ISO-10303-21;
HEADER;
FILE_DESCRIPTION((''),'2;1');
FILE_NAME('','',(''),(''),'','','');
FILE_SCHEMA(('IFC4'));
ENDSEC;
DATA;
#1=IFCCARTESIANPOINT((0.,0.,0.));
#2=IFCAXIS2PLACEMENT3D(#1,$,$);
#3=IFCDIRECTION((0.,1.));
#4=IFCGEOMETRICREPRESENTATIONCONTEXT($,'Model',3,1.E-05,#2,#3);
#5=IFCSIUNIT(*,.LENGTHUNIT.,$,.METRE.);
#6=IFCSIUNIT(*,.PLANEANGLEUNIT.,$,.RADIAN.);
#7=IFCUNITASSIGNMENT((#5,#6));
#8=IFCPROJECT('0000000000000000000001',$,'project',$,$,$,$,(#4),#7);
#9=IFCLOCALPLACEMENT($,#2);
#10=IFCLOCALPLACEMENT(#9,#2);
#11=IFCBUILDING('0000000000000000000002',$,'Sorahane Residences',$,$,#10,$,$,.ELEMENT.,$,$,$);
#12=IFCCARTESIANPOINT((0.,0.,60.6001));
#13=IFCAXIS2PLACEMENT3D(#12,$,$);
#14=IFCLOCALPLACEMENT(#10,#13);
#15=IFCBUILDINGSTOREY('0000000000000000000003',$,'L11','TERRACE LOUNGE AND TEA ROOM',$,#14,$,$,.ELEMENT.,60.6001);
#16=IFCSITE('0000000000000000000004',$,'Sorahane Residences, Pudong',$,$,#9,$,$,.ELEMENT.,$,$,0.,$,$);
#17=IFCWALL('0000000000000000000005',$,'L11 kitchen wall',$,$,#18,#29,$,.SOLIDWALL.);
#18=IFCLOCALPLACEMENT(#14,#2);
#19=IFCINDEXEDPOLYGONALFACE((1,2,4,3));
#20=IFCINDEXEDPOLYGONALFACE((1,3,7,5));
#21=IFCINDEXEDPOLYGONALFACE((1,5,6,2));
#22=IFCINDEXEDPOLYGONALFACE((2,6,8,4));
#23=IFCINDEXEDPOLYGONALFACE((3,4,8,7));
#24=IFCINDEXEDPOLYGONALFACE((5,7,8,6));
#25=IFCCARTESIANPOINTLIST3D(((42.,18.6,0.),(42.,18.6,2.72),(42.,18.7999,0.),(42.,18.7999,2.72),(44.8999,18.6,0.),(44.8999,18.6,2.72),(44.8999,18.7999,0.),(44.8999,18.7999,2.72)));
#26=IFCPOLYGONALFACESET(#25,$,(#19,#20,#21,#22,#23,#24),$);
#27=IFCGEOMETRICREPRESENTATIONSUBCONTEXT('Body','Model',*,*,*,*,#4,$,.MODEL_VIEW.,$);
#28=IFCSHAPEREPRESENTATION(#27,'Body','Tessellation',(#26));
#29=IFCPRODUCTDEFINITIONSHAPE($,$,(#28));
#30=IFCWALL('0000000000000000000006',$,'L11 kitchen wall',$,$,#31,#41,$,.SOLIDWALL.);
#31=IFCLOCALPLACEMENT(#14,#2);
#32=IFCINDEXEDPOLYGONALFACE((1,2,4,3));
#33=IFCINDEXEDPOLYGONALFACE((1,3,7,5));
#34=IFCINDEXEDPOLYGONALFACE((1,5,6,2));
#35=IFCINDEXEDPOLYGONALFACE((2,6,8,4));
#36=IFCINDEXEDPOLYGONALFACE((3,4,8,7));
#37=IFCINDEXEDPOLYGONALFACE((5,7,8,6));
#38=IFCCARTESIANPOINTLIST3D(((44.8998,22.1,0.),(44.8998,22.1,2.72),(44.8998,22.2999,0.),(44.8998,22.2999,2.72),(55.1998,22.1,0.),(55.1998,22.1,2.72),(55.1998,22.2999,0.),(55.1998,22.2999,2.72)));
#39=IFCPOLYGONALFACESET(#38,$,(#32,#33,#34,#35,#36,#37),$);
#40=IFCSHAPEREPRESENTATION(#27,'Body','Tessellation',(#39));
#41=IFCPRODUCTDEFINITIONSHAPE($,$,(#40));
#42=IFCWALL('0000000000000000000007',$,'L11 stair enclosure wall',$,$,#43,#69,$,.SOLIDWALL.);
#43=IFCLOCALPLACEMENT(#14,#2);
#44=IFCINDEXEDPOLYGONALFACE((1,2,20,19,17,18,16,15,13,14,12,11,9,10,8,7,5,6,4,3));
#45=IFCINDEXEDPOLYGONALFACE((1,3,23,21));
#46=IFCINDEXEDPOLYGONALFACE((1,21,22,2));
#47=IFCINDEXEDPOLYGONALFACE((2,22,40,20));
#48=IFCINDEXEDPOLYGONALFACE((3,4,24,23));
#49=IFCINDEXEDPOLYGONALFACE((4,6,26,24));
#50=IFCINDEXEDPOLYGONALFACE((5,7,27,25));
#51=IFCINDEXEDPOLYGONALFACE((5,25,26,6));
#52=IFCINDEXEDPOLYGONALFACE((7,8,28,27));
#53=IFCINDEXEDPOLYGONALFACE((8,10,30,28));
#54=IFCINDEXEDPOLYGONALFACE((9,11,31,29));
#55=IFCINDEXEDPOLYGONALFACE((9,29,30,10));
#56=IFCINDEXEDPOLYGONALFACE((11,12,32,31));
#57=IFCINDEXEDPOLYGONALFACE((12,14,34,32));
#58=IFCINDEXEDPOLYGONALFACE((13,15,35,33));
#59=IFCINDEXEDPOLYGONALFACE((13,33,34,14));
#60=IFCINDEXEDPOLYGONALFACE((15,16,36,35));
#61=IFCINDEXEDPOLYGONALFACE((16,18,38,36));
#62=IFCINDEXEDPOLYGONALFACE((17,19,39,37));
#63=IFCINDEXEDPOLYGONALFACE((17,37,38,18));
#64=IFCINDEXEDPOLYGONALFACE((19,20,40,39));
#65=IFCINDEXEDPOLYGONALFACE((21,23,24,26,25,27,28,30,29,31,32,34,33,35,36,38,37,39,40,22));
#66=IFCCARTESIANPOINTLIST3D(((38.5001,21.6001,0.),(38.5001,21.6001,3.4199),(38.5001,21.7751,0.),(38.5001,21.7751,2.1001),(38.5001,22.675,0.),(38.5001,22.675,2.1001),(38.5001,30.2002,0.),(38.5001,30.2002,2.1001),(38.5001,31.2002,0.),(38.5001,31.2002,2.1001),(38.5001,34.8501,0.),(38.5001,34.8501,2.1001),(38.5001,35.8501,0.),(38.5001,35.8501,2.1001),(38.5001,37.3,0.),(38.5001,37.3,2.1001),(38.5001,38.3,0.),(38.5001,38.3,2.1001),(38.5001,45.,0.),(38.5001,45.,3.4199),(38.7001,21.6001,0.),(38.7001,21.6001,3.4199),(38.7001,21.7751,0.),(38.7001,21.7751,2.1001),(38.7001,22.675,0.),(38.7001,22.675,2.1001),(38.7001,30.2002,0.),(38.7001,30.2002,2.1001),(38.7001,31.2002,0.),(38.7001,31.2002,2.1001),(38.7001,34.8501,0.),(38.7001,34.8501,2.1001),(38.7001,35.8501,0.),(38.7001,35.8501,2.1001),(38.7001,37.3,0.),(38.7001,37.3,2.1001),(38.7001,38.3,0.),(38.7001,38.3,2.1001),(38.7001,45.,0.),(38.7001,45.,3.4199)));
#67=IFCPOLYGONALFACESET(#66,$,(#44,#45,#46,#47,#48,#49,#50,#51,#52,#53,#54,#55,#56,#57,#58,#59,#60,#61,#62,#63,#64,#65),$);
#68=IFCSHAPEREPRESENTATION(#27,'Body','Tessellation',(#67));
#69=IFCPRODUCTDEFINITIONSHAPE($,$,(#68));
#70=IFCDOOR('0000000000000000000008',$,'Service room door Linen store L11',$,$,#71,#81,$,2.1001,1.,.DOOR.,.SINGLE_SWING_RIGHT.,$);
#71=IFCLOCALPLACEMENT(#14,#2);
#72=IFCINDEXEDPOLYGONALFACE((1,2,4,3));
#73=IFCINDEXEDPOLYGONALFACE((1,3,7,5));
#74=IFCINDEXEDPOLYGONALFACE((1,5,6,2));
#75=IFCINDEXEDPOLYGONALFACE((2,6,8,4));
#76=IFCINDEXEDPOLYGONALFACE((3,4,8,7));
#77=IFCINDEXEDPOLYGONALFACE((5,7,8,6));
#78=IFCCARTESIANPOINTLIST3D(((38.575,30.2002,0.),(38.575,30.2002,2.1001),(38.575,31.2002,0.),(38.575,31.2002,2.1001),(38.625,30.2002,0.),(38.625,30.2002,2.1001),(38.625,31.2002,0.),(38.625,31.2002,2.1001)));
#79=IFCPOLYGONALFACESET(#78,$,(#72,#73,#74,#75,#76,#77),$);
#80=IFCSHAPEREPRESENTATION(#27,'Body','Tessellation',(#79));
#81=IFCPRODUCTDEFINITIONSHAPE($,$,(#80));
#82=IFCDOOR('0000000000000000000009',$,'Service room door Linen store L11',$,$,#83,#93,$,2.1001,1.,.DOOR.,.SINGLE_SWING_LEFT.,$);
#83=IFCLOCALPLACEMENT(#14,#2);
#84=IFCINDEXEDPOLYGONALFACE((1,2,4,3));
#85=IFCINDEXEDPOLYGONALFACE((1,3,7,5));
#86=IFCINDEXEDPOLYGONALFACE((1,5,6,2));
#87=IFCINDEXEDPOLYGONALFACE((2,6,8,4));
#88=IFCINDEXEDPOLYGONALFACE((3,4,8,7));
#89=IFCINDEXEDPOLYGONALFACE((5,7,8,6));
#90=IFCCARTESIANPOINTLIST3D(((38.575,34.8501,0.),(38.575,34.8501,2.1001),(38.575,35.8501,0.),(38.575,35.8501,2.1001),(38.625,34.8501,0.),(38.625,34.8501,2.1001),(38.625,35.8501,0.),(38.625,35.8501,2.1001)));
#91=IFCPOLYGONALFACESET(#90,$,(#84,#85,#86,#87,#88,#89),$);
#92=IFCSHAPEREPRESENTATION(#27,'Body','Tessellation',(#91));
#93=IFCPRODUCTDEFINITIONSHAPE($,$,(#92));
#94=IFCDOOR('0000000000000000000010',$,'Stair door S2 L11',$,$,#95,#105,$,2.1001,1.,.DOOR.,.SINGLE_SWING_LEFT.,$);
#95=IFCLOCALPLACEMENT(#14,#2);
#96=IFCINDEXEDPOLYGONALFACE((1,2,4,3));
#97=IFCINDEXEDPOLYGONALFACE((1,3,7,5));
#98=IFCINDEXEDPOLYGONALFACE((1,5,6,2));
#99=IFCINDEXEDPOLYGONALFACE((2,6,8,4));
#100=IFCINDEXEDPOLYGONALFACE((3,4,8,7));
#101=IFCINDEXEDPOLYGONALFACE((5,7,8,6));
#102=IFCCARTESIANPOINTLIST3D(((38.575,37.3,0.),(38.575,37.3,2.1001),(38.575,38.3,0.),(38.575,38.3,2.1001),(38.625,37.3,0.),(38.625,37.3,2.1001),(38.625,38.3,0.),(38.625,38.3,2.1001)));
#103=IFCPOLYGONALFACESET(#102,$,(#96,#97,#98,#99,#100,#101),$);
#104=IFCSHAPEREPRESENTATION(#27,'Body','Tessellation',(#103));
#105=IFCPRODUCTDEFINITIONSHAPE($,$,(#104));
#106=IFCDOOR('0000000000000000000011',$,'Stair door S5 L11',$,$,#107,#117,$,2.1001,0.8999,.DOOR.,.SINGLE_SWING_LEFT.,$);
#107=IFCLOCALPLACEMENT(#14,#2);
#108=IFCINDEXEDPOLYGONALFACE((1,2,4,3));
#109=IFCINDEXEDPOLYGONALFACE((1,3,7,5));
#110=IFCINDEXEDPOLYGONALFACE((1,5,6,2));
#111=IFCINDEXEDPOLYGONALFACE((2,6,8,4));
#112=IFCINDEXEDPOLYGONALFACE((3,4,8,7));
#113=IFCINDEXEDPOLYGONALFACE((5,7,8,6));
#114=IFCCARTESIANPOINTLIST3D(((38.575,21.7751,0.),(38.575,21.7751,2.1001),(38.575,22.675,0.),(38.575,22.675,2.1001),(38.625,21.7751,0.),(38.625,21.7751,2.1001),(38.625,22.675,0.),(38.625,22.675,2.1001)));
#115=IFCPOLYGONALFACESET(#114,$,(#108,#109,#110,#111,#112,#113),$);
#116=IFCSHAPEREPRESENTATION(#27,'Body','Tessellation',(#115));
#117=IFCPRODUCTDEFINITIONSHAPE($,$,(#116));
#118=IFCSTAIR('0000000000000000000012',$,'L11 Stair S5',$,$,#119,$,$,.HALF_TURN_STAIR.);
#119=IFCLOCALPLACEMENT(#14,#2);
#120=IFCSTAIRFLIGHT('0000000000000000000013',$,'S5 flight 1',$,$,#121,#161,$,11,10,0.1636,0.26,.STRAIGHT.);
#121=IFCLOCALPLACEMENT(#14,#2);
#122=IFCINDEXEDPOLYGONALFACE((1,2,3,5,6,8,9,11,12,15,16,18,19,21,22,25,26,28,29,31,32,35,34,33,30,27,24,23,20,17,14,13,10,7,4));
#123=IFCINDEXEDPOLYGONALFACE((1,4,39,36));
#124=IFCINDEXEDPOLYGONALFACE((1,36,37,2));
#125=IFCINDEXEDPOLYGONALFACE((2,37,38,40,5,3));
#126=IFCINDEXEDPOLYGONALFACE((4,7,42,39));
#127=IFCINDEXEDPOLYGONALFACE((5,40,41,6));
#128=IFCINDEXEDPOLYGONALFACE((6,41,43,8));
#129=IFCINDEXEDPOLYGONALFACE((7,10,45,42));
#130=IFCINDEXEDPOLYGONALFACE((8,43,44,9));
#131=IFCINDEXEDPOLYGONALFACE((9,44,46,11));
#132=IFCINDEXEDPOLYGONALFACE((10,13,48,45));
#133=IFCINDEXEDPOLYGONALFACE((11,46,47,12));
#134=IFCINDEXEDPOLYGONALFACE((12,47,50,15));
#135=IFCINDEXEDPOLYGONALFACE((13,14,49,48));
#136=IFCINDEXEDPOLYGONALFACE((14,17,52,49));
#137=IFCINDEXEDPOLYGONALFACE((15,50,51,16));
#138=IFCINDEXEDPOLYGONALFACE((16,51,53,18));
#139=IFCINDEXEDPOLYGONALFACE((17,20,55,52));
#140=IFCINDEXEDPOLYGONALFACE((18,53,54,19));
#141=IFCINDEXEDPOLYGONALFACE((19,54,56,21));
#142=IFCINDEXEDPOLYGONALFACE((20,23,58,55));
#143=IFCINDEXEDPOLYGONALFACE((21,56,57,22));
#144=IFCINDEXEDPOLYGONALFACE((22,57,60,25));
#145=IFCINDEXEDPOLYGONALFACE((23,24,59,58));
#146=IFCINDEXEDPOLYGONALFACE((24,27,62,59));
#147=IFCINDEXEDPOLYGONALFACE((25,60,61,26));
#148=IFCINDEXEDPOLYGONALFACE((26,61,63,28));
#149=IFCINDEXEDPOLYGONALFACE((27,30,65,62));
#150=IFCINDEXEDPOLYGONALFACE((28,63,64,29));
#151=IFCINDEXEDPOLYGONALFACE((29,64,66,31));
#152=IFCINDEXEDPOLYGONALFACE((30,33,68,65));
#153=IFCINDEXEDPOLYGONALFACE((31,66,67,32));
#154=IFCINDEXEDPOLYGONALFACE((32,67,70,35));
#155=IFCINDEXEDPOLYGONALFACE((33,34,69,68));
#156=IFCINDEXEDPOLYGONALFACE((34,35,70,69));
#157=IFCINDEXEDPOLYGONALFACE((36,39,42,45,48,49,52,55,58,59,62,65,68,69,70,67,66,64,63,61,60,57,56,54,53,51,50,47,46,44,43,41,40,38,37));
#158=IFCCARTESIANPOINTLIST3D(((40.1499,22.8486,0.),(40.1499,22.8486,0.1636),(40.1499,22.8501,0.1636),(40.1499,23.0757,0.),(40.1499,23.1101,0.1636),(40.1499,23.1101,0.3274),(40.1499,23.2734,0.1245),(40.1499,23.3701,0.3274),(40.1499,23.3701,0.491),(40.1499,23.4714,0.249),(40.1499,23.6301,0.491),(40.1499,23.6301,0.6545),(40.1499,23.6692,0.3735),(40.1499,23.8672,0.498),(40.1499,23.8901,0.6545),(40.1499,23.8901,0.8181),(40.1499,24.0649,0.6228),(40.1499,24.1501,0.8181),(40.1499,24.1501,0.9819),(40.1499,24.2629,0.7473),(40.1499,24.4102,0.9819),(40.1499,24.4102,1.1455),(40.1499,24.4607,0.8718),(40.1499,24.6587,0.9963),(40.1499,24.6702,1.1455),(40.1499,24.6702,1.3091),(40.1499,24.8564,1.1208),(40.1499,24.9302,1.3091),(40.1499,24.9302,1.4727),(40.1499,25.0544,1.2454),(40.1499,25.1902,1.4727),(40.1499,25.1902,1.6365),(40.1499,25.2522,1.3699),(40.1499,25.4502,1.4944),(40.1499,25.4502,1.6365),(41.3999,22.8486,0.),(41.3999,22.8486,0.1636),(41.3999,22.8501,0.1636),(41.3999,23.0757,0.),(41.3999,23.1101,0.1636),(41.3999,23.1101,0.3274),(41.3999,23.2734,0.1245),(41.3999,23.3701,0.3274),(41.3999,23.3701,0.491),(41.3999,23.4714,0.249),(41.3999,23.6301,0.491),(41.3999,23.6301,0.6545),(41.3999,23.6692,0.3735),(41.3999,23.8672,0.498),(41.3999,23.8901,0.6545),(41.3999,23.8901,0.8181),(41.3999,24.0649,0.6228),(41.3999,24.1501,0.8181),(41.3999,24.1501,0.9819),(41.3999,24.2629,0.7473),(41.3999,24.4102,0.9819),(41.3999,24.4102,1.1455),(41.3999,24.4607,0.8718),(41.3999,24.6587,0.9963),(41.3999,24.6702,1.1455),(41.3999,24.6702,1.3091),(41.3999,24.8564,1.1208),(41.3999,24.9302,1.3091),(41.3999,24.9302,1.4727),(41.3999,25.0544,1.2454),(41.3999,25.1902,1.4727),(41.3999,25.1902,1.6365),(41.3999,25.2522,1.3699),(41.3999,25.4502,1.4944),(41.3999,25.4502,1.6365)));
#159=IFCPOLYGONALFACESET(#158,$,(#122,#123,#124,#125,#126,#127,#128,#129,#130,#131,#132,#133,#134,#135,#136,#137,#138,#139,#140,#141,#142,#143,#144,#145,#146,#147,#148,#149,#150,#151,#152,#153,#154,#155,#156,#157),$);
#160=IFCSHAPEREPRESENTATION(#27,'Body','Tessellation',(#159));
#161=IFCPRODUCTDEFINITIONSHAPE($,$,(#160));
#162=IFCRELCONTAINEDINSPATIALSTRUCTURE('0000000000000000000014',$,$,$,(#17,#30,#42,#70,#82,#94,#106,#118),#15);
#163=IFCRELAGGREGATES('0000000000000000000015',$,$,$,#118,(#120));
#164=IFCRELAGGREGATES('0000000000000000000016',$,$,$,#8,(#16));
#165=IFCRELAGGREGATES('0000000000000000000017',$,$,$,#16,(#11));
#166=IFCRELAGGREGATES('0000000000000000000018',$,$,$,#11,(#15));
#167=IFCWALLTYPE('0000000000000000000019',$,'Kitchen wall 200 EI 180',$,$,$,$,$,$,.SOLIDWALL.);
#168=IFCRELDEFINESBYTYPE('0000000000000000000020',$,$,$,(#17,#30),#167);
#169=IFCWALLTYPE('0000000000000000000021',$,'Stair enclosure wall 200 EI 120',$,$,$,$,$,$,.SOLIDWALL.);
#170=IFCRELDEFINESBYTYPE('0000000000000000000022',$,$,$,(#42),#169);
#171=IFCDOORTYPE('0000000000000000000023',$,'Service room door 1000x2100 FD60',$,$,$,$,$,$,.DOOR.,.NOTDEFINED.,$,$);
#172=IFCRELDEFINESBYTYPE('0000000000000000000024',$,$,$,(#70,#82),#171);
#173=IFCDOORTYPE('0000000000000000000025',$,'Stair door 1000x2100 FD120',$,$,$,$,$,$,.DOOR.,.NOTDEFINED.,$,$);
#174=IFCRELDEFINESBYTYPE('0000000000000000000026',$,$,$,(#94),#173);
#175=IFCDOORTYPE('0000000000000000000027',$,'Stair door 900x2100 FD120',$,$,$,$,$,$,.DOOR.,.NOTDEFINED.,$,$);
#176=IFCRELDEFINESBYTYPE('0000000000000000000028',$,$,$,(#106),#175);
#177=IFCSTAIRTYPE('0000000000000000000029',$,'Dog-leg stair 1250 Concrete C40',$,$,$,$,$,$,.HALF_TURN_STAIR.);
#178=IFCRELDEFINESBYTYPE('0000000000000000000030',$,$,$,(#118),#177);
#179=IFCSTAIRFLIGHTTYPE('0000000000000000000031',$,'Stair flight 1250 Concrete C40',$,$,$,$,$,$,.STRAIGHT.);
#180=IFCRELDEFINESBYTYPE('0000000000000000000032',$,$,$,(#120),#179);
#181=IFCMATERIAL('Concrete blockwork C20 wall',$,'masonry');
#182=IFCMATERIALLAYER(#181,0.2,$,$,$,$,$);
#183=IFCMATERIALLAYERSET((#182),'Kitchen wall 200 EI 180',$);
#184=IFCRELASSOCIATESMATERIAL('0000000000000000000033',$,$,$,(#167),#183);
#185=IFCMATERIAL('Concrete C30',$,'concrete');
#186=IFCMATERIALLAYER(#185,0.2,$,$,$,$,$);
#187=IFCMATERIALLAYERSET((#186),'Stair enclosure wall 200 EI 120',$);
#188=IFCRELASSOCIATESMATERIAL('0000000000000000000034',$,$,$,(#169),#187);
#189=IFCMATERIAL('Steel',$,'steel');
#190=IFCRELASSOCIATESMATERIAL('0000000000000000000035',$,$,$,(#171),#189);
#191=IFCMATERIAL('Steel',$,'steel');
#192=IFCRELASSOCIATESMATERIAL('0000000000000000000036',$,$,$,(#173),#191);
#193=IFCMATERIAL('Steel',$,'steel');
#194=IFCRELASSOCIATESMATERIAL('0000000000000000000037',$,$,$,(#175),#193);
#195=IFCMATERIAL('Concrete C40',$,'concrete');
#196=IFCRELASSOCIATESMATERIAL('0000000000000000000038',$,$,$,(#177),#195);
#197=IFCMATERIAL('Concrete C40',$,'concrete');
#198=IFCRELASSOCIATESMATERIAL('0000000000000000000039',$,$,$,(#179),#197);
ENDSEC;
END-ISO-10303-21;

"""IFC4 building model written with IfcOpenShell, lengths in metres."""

from ifc_helpers import new_model, si_unit, direction, frame, frame_2d, origin, place, context, subcontext, project, spatial, polyline, rectangle, outline, extrude, material, layer, layer_set, type_object, element, fill, aggregate, save


model = new_model("IFC4")

# Units and contexts
model_context = context("Model", 3, precision=1e-05, world=origin(), true_north=direction((0.0, 1.0)))
body_context = subcontext(model_context, "Body", "Model", "MODEL_VIEW")
ifc_project = project(units=[si_unit("LENGTHUNIT", "METRE"), si_unit("PLANEANGLEUNIT", "RADIAN")], contexts=[model_context])

# Site, building, storey
site_placement = place(None, origin())
site = spatial("IfcSite", under=ifc_project, at=site_placement, Name="Sorahane Residences, Pudong", CompositionType="ELEMENT", RefElevation=0.0)
building_placement = place(site_placement, origin())
building = spatial("IfcBuilding", under=site, at=building_placement, Name="Sorahane Residences", CompositionType="ELEMENT")
storey_placement = place(building_placement, frame((0.0, 0.0, 60.6001)))
storey = spatial("IfcBuildingStorey", under=building, at=storey_placement, Name="L11", Description="TERRACE LOUNGE AND TEA ROOM", CompositionType="ELEMENT", Elevation=60.6001)

# Walls
ifc_material_1 = material(Name="Concrete blockwork C20 wall", Category="masonry")
ifc_layer_1 = layer(ifc_material_1, 0.2)
ifc_layer_set_1 = layer_set([ifc_layer_1], Name="Kitchen wall 200 EI 180")
wall_type_1 = type_object("IfcWallType", Name="Kitchen wall 200 EI 180", PredefinedType="SOLIDWALL", material=ifc_layer_set_1)
wall_1_placement = place(storey_placement, frame((42.0, 18.7, 0.0), z_axis=(0.0, 0.0, 1.0), x_axis=(1.0, 0.0, 0.0)))
element("IfcWall", 1, at=wall_1_placement, inside=storey, type_object=wall_type_1, Name="L11 kitchen wall", PredefinedType="SOLIDWALL", context=body_context, shape_type="SweptSolid", body=[
    extrude(rectangle(XDim=2.8999, YDim=0.2, at=frame_2d((1.45, 0.0))), origin(), (0.0, 0.0, 1.0), 2.72),
])
wall_2_placement = place(storey_placement, frame((44.8999, 22.2, 0.0), z_axis=(0.0, 0.0, 1.0), x_axis=(1.0, 0.0, 0.0)))
element("IfcWall", 2, at=wall_2_placement, inside=storey, type_object=wall_type_1, Name="L11 kitchen wall", PredefinedType="SOLIDWALL", context=body_context, shape_type="SweptSolid", body=[
    extrude(rectangle(XDim=10.3, YDim=0.2, at=frame_2d((5.1499, 0.0))), origin(), (0.0, 0.0, 1.0), 2.72),
])

# Wall, openings, doors
ifc_material_2 = material(Name="Concrete C30", Category="concrete")
ifc_layer_2 = layer(ifc_material_2, 0.2)
ifc_layer_set_2 = layer_set([ifc_layer_2], Name="Stair enclosure wall 200 EI 120")
wall_type_2 = type_object("IfcWallType", Name="Stair enclosure wall 200 EI 120", PredefinedType="SOLIDWALL", material=ifc_layer_set_2)
wall_3_placement = place(storey_placement, frame((38.6001, 21.6001, 0.0), z_axis=(0.0, 0.0, 1.0), x_axis=(0.0, 1.0, 0.0)))
wall_3 = element("IfcWall", 3, at=wall_3_placement, inside=storey, type_object=wall_type_2, Name="L11 stair enclosure wall", PredefinedType="SOLIDWALL", context=body_context, shape_type="SweptSolid", body=[
    extrude(rectangle(XDim=23.3999, YDim=0.2, at=frame_2d((11.7, 0.0))), origin(), (0.0, 0.0, 1.0), 3.4199),
])
opening_1_placement = place(wall_3_placement, frame((8.6001, 0.0, 0.0)))
opening_1 = element("IfcOpeningElement", 4, at=opening_1_placement, cuts=wall_3, PredefinedType="OPENING", context=body_context, shape_type="SweptSolid", body=[
    extrude(rectangle(XDim=1.0, YDim=2.1001, at=frame_2d((0.5, 1.05))), frame((0.0, 0.1099, 0.0), z_axis=(0.0, -1.0, 0.0), x_axis=(1.0, 0.0, 0.0)), (0.0, 0.0, 1.0), 0.22),
])
opening_2_placement = place(wall_3_placement, frame((13.25, 0.0, 0.0)))
opening_2 = element("IfcOpeningElement", 5, at=opening_2_placement, cuts=wall_3, PredefinedType="OPENING", context=body_context, shape_type="SweptSolid", body=[
    extrude(rectangle(XDim=1.0, YDim=2.1001, at=frame_2d((0.5, 1.05))), frame((0.0, 0.1099, 0.0), z_axis=(0.0, -1.0, 0.0), x_axis=(1.0, 0.0, 0.0)), (0.0, 0.0, 1.0), 0.22),
])
opening_3_placement = place(wall_3_placement, frame((15.7, 0.0, 0.0)))
opening_3 = element("IfcOpeningElement", 6, at=opening_3_placement, cuts=wall_3, PredefinedType="OPENING", context=body_context, shape_type="SweptSolid", body=[
    extrude(rectangle(XDim=1.0, YDim=2.1001, at=frame_2d((0.5, 1.05))), frame((0.0, 0.1099, 0.0), z_axis=(0.0, -1.0, 0.0), x_axis=(1.0, 0.0, 0.0)), (0.0, 0.0, 1.0), 0.22),
])
opening_4_placement = place(wall_3_placement, frame((0.175, 0.0, 0.0)))
opening_4 = element("IfcOpeningElement", 7, at=opening_4_placement, cuts=wall_3, PredefinedType="OPENING", context=body_context, shape_type="SweptSolid", body=[
    extrude(rectangle(XDim=0.8999, YDim=2.1001, at=frame_2d((0.45, 1.05))), frame((0.0, 0.1099, 0.0), z_axis=(0.0, -1.0, 0.0), x_axis=(1.0, 0.0, 0.0)), (0.0, 0.0, 1.0), 0.22),
])
ifc_material_3 = material(Name="Steel", Category="steel")
door_type_1 = type_object("IfcDoorType", Name="Service room door 1000x2100 FD60", OperationType="NOTDEFINED", PredefinedType="DOOR", material=ifc_material_3)
door_1_placement = place(opening_1_placement, frame((1.0, 0.0, 0.0), z_axis=(0.0, 0.0, 1.0), x_axis=(-1.0, 0.0, 0.0)))
door_1 = element("IfcDoor", 8, at=door_1_placement, inside=storey, type_object=door_type_1, Name="Service room door Linen store L11", OperationType="SINGLE_SWING_RIGHT", OverallHeight=2.1001, OverallWidth=1.0, PredefinedType="DOOR", context=body_context, shape_type="SweptSolid", body=[
    extrude(rectangle(XDim=1.0, YDim=2.1001, at=frame_2d((0.5, 1.05))), frame((0.0, 0.0249, 0.0), z_axis=(0.0, -1.0, 0.0), x_axis=(1.0, 0.0, 0.0)), (0.0, 0.0, 1.0), 0.05),
])
fill(opening_1, door_1)
door_2_placement = place(opening_2_placement, frame((1.0, 0.0, 0.0), z_axis=(0.0, 0.0, 1.0), x_axis=(-1.0, 0.0, 0.0)))
door_2 = element("IfcDoor", 9, at=door_2_placement, inside=storey, type_object=door_type_1, Name="Service room door Linen store L11", OperationType="SINGLE_SWING_LEFT", OverallHeight=2.1001, OverallWidth=1.0, PredefinedType="DOOR", context=body_context, shape_type="SweptSolid", body=[
    extrude(rectangle(XDim=1.0, YDim=2.1001, at=frame_2d((0.5, 1.05))), frame((0.0, 0.0249, 0.0), z_axis=(0.0, -1.0, 0.0), x_axis=(1.0, 0.0, 0.0)), (0.0, 0.0, 1.0), 0.05),
])
fill(opening_2, door_2)
ifc_material_4 = material(Name="Steel", Category="steel")
door_type_2 = type_object("IfcDoorType", Name="Stair door 1000x2100 FD120", OperationType="NOTDEFINED", PredefinedType="DOOR", material=ifc_material_4)
door_3_placement = place(opening_3_placement, frame((1.0, 0.0, 0.0), z_axis=(0.0, 0.0, 1.0), x_axis=(-1.0, 0.0, 0.0)))
door_3 = element("IfcDoor", 10, at=door_3_placement, inside=storey, type_object=door_type_2, Name="Stair door S2 L11", OperationType="SINGLE_SWING_LEFT", OverallHeight=2.1001, OverallWidth=1.0, PredefinedType="DOOR", context=body_context, shape_type="SweptSolid", body=[
    extrude(rectangle(XDim=1.0, YDim=2.1001, at=frame_2d((0.5, 1.05))), frame((0.0, 0.0249, 0.0), z_axis=(0.0, -1.0, 0.0), x_axis=(1.0, 0.0, 0.0)), (0.0, 0.0, 1.0), 0.05),
])
fill(opening_3, door_3)
ifc_material_5 = material(Name="Steel", Category="steel")
door_type_3 = type_object("IfcDoorType", Name="Stair door 900x2100 FD120", OperationType="NOTDEFINED", PredefinedType="DOOR", material=ifc_material_5)
door_4_placement = place(opening_4_placement, frame((0.8999, 0.0, 0.0), z_axis=(0.0, 0.0, 1.0), x_axis=(-1.0, 0.0, 0.0)))
door_4 = element("IfcDoor", 11, at=door_4_placement, inside=storey, type_object=door_type_3, Name="Stair door S5 L11", OperationType="SINGLE_SWING_LEFT", OverallHeight=2.1001, OverallWidth=0.8999, PredefinedType="DOOR", context=body_context, shape_type="SweptSolid", body=[
    extrude(rectangle(XDim=0.8999, YDim=2.1001, at=frame_2d((0.45, 1.05))), frame((0.0, 0.0249, 0.0), z_axis=(0.0, -1.0, 0.0), x_axis=(1.0, 0.0, 0.0)), (0.0, 0.0, 1.0), 0.05),
])
fill(opening_4, door_4)

# Stair, stair flight
ifc_material_6 = material(Name="Concrete C40", Category="concrete")
stair_type = type_object("IfcStairType", Name="Dog-leg stair 1250 Concrete C40", PredefinedType="HALF_TURN_STAIR", material=ifc_material_6)
stair_placement = place(storey_placement, origin())
stair = element("IfcStair", 12, at=stair_placement, inside=storey, type_object=stair_type, Name="L11 Stair S5", PredefinedType="HALF_TURN_STAIR")
ifc_material_7 = material(Name="Concrete C40", Category="concrete")
stair_flight_type = type_object("IfcStairFlightType", Name="Stair flight 1250 Concrete C40", PredefinedType="STRAIGHT", material=ifc_material_7)
stair_flight_placement = place(storey_placement, frame((40.7749, 22.8501, 0.0), z_axis=(0.0, 0.0, 1.0), x_axis=(0.0, 1.0, 0.0)))
stair_flight = element("IfcStairFlight", 13, at=stair_flight_placement, type_object=stair_flight_type, Name="S5 flight 1", NumberOfRisers=11, NumberOfTreads=10, PredefinedType="STRAIGHT", RiserHeight=0.1636, TreadLength=0.26, context=body_context, shape_type="SweptSolid", body=[
    extrude(outline(polyline([(-0.0015, 0.0), (-0.0015, 0.1636), (0.0, 0.1636), (0.26, 0.1636), (0.26, 0.3274), (0.52, 0.3274), (0.52, 0.491), (0.78, 0.491), (0.78, 0.6545), (1.04, 0.6545), (1.04, 0.8181), (1.3, 0.8181), (1.3, 0.9819), (1.5601, 0.9819), (1.5601, 1.1455), (1.8201, 1.1455), (1.8201, 1.3091), (2.0801, 1.3091), (2.0801, 1.4727), (2.3401, 1.4727), (2.3401, 1.6365), (2.6001, 1.6365), (2.6001, 1.8), (2.6001, 1.4944), (2.4021, 1.3699), (2.2043, 1.2454), (2.0063, 1.1208), (1.8086, 0.9963), (1.6106, 0.8718), (1.4128, 0.7473), (1.2148, 0.6228), (1.0171, 0.498), (0.8191, 0.3735), (0.6213, 0.249), (0.4233, 0.1245), (0.2256, 0.0), (-0.0015, 0.0)])), frame((0.0, 0.625, 0.0), z_axis=(0.0, -1.0, 0.0), x_axis=(1.0, 0.0, 0.0)), (0.0, 0.0, 1.0), 1.25),
])
aggregate(stair, [stair_flight])

save(model, "model.ifc")
